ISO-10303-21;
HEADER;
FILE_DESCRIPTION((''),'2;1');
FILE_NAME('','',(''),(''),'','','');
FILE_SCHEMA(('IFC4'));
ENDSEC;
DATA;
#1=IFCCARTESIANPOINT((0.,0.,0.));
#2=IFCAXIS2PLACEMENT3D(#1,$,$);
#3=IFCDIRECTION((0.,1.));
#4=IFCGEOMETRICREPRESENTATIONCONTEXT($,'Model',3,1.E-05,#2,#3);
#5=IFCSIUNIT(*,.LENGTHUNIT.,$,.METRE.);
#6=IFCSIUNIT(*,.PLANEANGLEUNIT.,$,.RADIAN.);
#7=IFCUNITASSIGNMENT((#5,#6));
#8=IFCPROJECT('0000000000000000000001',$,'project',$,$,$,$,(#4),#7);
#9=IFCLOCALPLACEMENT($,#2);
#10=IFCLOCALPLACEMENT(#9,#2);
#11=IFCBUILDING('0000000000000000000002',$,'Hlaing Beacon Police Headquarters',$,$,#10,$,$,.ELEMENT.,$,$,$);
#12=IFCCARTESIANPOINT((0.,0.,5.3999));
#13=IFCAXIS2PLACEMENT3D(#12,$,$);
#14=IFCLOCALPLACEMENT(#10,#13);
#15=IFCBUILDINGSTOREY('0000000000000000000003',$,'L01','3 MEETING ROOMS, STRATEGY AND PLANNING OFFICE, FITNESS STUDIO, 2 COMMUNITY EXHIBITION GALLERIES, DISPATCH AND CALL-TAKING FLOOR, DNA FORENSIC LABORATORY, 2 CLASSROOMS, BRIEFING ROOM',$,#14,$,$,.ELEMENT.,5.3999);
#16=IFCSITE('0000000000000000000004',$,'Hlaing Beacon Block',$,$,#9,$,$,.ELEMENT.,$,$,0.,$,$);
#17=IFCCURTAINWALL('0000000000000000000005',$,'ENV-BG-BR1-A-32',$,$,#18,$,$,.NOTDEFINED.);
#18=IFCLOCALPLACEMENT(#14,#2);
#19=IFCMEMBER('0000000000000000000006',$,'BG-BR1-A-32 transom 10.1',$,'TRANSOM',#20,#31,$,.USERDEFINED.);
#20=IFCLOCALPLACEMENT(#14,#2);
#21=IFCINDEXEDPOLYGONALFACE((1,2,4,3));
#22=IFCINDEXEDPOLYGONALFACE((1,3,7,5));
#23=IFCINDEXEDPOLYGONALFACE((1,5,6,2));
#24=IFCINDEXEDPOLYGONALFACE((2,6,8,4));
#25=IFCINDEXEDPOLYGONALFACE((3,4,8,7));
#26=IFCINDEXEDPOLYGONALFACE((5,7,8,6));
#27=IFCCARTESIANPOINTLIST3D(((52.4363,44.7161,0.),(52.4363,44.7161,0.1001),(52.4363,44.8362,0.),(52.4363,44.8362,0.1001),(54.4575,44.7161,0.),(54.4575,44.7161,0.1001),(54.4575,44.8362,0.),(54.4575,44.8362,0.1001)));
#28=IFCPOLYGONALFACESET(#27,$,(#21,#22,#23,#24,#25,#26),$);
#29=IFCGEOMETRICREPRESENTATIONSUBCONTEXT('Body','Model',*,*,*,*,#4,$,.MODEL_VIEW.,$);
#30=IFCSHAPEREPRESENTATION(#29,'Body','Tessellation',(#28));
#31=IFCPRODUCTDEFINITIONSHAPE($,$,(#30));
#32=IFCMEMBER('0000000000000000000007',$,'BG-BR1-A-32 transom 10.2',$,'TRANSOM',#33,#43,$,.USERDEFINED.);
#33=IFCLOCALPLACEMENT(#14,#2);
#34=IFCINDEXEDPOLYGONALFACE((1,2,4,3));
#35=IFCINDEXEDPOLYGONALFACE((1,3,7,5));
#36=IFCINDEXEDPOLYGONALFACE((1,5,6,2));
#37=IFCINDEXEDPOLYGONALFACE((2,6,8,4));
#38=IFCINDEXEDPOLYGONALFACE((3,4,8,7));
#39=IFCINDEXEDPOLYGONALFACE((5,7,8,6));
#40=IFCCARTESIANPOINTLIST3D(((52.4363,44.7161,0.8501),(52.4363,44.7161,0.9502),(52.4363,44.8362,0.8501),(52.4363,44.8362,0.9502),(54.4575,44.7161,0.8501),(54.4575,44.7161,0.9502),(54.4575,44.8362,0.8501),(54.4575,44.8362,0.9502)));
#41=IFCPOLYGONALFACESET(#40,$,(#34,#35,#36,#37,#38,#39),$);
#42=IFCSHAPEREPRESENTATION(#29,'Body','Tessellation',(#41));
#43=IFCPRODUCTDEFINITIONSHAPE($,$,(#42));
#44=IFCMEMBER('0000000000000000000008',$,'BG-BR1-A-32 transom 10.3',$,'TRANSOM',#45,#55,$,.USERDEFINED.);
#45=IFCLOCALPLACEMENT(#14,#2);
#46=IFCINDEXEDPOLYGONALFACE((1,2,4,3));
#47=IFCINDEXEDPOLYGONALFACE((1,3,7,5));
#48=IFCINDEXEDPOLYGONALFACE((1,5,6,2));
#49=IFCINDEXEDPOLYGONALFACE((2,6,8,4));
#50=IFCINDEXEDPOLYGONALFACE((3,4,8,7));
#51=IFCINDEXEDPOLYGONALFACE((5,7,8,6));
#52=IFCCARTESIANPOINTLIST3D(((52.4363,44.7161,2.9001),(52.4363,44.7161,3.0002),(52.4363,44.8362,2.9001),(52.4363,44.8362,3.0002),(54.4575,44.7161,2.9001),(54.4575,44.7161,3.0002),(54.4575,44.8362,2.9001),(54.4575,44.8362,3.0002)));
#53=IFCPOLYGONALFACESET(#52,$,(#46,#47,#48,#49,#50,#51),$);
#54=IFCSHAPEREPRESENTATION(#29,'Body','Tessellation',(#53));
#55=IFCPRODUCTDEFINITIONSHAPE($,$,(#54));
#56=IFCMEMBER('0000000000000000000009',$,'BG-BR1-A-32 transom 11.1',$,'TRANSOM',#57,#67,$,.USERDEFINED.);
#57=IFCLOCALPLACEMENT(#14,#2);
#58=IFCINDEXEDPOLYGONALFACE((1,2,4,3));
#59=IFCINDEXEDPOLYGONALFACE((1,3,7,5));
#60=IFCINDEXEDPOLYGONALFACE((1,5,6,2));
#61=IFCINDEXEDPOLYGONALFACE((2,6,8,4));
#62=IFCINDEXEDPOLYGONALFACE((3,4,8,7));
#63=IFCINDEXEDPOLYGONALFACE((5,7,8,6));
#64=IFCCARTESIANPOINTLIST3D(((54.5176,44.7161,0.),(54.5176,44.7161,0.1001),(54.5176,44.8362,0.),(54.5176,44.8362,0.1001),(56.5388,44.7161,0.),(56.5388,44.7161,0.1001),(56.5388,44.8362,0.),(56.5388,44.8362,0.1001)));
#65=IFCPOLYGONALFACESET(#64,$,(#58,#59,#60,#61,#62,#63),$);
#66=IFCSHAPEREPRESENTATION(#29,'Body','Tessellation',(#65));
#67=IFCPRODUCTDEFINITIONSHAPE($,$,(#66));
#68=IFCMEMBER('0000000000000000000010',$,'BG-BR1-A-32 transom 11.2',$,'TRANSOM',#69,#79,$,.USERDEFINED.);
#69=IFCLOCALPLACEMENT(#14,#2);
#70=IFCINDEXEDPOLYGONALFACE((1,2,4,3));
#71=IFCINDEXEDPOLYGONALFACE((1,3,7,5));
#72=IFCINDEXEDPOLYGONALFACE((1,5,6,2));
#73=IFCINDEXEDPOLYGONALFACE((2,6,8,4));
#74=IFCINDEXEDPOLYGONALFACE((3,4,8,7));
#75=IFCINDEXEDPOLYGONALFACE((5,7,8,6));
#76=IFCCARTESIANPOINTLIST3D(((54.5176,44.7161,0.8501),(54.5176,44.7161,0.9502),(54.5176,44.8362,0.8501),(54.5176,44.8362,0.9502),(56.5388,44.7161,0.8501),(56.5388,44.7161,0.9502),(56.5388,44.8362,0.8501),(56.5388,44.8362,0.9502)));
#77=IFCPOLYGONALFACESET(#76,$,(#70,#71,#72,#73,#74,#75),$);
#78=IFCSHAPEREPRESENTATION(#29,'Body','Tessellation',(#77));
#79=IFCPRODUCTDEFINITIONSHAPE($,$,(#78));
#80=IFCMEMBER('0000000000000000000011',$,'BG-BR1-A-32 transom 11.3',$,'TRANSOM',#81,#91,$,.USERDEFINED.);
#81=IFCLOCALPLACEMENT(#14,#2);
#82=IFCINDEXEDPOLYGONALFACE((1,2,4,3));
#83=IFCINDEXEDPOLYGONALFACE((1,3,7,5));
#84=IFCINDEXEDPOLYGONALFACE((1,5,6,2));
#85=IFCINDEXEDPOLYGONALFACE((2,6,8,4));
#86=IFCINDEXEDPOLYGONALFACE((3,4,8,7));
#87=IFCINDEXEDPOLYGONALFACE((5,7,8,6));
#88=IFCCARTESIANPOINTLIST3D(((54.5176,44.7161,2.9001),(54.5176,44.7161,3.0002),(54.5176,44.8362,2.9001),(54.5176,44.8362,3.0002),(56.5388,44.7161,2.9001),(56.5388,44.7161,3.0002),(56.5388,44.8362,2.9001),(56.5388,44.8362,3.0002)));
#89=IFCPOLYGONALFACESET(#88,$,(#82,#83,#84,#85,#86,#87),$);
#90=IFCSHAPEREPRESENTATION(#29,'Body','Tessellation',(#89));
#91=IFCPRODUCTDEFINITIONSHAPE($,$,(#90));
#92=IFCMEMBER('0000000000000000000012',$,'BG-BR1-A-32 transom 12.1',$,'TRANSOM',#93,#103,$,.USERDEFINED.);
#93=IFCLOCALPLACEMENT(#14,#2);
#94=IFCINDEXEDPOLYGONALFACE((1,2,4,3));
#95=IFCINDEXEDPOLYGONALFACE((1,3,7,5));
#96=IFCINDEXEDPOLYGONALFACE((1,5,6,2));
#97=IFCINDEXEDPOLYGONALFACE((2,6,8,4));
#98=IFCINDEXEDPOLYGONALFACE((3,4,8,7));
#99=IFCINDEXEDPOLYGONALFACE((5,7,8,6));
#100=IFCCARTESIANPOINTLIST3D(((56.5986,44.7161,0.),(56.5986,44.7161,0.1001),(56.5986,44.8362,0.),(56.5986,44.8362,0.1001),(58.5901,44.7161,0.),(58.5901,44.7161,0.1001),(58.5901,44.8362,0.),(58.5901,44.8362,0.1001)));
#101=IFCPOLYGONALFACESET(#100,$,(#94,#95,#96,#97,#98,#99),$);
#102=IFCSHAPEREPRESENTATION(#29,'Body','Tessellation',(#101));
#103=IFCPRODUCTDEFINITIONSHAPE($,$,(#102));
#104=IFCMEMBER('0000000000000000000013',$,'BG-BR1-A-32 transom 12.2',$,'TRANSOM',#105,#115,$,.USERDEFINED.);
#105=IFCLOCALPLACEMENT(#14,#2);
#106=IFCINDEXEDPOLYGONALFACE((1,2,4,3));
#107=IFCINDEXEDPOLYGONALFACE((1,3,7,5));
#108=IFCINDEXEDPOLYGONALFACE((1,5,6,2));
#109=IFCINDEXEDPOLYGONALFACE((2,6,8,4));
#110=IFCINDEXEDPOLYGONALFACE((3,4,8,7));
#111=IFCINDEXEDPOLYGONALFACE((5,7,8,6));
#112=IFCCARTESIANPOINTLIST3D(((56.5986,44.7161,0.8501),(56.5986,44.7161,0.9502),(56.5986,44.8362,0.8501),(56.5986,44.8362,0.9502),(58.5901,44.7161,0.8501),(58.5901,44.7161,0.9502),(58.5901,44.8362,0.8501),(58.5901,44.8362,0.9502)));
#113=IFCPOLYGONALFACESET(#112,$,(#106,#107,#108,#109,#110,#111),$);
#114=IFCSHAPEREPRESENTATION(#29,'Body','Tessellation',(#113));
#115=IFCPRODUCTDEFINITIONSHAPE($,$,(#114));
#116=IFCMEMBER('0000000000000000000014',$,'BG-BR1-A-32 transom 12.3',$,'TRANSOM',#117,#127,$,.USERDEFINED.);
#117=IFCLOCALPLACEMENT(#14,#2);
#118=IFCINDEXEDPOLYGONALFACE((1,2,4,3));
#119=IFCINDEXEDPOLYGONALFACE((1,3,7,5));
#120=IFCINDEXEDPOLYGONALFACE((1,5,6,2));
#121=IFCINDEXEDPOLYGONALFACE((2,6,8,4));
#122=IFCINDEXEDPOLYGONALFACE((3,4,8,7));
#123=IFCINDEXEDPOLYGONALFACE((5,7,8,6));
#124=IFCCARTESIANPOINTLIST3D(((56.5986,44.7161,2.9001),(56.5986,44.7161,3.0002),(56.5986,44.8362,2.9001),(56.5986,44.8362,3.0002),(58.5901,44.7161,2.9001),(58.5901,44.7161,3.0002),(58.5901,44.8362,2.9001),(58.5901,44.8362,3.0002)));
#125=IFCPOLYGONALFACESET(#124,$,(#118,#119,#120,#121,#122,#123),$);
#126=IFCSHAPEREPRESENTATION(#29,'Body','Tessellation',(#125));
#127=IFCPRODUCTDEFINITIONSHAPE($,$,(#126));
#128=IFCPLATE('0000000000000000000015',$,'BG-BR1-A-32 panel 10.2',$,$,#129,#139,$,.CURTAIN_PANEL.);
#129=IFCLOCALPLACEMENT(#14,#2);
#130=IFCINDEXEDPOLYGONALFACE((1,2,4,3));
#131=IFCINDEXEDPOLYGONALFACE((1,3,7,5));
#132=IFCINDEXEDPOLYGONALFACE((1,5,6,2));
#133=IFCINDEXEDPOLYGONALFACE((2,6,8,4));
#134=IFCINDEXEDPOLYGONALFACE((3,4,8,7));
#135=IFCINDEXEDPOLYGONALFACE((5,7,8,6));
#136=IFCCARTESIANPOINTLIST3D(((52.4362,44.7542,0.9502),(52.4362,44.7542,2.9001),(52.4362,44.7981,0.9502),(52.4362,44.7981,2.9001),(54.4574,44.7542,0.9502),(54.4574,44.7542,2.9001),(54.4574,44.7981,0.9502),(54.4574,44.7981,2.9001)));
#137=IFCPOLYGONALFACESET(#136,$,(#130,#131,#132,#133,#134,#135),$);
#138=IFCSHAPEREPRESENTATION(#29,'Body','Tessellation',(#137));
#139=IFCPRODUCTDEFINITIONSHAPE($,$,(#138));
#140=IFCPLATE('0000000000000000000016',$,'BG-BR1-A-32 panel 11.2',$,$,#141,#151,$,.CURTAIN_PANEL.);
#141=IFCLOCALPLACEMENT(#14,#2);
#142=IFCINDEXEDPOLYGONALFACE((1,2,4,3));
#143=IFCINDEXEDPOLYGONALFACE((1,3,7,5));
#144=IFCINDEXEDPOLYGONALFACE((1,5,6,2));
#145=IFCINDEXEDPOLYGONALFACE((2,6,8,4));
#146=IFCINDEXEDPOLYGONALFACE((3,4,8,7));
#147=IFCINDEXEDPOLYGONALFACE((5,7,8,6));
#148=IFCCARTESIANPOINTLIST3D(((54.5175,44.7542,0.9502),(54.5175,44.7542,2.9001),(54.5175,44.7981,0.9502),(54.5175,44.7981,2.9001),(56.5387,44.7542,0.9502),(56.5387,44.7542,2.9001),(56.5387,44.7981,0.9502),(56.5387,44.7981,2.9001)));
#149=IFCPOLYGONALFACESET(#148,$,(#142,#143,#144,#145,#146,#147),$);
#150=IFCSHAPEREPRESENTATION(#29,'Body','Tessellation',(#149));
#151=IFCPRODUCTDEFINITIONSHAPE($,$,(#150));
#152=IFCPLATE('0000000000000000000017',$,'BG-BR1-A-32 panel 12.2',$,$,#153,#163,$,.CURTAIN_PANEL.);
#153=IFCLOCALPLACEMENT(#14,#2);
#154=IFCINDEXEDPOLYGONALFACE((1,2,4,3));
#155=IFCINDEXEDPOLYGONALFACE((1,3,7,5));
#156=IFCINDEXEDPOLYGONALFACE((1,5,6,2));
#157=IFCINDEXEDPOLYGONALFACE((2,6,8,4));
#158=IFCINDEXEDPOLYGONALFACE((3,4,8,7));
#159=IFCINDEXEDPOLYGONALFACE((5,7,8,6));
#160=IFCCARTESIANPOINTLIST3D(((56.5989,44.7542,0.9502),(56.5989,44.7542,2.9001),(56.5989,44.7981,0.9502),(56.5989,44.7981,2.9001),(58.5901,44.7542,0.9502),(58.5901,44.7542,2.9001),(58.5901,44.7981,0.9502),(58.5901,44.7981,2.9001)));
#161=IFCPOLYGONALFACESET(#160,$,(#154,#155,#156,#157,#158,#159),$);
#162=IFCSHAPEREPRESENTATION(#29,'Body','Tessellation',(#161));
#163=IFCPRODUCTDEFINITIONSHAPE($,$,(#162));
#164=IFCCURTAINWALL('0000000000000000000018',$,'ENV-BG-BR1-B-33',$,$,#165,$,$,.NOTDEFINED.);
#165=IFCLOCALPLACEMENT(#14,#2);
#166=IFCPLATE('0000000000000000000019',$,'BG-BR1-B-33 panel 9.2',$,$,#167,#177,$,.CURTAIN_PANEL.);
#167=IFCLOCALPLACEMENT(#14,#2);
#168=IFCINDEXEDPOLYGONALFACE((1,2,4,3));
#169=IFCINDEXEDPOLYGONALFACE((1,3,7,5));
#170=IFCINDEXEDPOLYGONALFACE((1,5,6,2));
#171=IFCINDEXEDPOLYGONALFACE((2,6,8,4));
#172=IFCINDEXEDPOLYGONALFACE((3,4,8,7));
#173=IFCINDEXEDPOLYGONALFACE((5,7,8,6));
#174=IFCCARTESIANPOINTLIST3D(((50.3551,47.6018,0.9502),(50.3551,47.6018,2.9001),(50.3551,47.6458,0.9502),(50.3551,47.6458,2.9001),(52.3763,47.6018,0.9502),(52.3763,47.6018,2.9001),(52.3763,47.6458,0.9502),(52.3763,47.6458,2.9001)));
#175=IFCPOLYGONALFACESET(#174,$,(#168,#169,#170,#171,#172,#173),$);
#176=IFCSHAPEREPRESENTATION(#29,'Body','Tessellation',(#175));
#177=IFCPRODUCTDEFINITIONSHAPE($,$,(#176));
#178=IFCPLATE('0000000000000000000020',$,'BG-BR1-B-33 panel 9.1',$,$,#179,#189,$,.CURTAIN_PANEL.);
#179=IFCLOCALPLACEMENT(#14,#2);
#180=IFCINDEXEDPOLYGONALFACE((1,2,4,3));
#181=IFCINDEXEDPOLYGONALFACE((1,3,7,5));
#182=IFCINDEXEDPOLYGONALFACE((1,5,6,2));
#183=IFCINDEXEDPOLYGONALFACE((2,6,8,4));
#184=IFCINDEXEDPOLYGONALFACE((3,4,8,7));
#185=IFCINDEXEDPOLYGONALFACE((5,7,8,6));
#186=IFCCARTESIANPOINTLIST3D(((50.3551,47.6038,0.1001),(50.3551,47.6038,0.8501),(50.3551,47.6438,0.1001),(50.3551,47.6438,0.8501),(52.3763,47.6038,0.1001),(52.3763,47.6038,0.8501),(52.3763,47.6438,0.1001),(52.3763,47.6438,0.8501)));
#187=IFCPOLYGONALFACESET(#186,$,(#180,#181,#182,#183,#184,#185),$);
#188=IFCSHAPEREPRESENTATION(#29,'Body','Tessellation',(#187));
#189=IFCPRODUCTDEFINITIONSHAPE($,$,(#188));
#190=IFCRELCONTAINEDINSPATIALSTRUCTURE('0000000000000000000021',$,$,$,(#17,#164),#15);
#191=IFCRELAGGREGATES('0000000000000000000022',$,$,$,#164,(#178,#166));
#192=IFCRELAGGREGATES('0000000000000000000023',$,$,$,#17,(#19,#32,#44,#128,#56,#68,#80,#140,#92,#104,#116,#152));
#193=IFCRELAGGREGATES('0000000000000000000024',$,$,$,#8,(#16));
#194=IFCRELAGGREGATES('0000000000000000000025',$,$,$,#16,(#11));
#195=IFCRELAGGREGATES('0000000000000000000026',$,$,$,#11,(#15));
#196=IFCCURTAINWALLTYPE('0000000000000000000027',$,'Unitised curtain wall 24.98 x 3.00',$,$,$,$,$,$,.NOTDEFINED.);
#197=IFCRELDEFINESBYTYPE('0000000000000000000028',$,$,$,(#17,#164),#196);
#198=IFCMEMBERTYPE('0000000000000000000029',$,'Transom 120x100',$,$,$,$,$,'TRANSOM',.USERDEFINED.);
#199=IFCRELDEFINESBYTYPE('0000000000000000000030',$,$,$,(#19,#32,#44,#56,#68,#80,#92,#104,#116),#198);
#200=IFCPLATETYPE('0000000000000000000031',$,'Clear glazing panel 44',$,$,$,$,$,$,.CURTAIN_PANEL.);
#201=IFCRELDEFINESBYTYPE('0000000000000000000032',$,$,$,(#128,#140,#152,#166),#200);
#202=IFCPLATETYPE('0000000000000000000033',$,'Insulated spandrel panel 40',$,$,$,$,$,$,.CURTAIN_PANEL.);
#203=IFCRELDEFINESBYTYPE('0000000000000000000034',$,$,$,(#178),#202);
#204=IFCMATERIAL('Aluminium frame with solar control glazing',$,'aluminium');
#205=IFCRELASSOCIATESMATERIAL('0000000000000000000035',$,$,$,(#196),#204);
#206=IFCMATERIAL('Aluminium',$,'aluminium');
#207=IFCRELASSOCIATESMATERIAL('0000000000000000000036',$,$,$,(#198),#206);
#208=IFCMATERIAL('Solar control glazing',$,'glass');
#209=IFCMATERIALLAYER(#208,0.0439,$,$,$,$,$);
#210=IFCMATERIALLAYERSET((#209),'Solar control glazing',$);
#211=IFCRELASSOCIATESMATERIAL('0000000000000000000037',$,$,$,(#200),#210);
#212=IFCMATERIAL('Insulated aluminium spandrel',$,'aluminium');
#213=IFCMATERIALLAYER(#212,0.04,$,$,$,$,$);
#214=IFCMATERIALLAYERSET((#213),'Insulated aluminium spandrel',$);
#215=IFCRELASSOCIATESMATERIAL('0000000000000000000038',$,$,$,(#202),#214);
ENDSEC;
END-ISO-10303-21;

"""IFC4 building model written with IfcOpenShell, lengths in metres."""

from ifc_helpers import new_model, si_unit, direction, frame, origin, origin_2d, place, context, subcontext, project, spatial, rectangle, extrude, material, layer, layer_set, material_profile, profile_set, type_object, element, aggregate, save


model = new_model("IFC4")

# Units and contexts
model_context = context("Model", 3, precision=1e-05, world=origin(), true_north=direction((0.0, 1.0)))
body_context = subcontext(model_context, "Body", "Model", "MODEL_VIEW")
ifc_project = project(units=[si_unit("LENGTHUNIT", "METRE"), si_unit("PLANEANGLEUNIT", "RADIAN")], contexts=[model_context])

# Site, building, storey
site_placement = place(None, origin())
site = spatial("IfcSite", under=ifc_project, at=site_placement, Name="Hlaing Beacon Block", CompositionType="ELEMENT", RefElevation=0.0)
building_placement = place(site_placement, origin())
building = spatial("IfcBuilding", under=site, at=building_placement, Name="Hlaing Beacon Police Headquarters", CompositionType="ELEMENT")
storey_placement = place(building_placement, frame((0.0, 0.0, 5.3999)))
storey = spatial("IfcBuildingStorey", under=building, at=storey_placement, Name="L01", Description="3 MEETING ROOMS, STRATEGY AND PLANNING OFFICE, FITNESS STUDIO, 2 COMMUNITY EXHIBITION GALLERIES, DISPATCH AND CALL-TAKING FLOOR, DNA FORENSIC LABORATORY, 2 CLASSROOMS, BRIEFING ROOM", CompositionType="ELEMENT", Elevation=5.3999)

# Curtain wall, members, plates
ifc_material_1 = material(Name="Aluminium frame with solar control glazing", Category="aluminium")
curtain_wall_type = type_object("IfcCurtainWallType", Name="Unitised curtain wall 24.98 x 3.00", PredefinedType="NOTDEFINED", material=ifc_material_1)
curtain_wall_1_placement = place(storey_placement, origin())
curtain_wall_1 = element("IfcCurtainWall", 1, at=curtain_wall_1_placement, inside=storey, type_object=curtain_wall_type, Name="ENV-BG-BR1-A-32", PredefinedType="NOTDEFINED")
ifc_material_2 = material(Name="Aluminium", Category="aluminium")
ifc_material_profile_1 = material_profile(ifc_material_2, rectangle(XDim=0.1201, YDim=0.1001, at=origin_2d()), Name="Transom 120x100")
ifc_profile_set_1 = profile_set([ifc_material_profile_1], Name="Aluminium")
member_type_1 = type_object("IfcMemberType", Name="Transom 120x100", ElementType="TRANSOM", PredefinedType="USERDEFINED", material=ifc_profile_set_1)
member_1_placement = place(storey_placement, frame((52.4363, 44.7761, 0.05), z_axis=(1.0, 0.0, 0.0), x_axis=(0.0, 1.0, 0.0)))
member_1 = element("IfcMember", 2, at=member_1_placement, type_object=member_type_1, Name="BG-BR1-A-32 transom 10.1", ObjectType="TRANSOM", PredefinedType="USERDEFINED", context=body_context, shape_type="SweptSolid", body=[
    extrude(rectangle(XDim=0.1201, YDim=0.1001, at=origin_2d()), origin(), (0.0, 0.0, 1.0), 2.0212),
])
member_2_placement = place(storey_placement, frame((52.4363, 44.7761, 0.9001), z_axis=(1.0, 0.0, 0.0), x_axis=(0.0, 1.0, 0.0)))
member_2 = element("IfcMember", 3, at=member_2_placement, type_object=member_type_1, Name="BG-BR1-A-32 transom 10.2", ObjectType="TRANSOM", PredefinedType="USERDEFINED", context=body_context, shape_type="SweptSolid", body=[
    extrude(rectangle(XDim=0.1201, YDim=0.1001, at=origin_2d()), origin(), (0.0, 0.0, 1.0), 2.0212),
])
member_3_placement = place(storey_placement, frame((52.4363, 44.7761, 2.9502), z_axis=(1.0, 0.0, 0.0), x_axis=(0.0, 1.0, 0.0)))
member_3 = element("IfcMember", 4, at=member_3_placement, type_object=member_type_1, Name="BG-BR1-A-32 transom 10.3", ObjectType="TRANSOM", PredefinedType="USERDEFINED", context=body_context, shape_type="SweptSolid", body=[
    extrude(rectangle(XDim=0.1201, YDim=0.1001, at=origin_2d()), origin(), (0.0, 0.0, 1.0), 2.0212),
])
member_4_placement = place(storey_placement, frame((54.5176, 44.7761, 0.05), z_axis=(1.0, 0.0, 0.0), x_axis=(0.0, 1.0, 0.0)))
member_4 = element("IfcMember", 5, at=member_4_placement, type_object=member_type_1, Name="BG-BR1-A-32 transom 11.1", ObjectType="TRANSOM", PredefinedType="USERDEFINED", context=body_context, shape_type="SweptSolid", body=[
    extrude(rectangle(XDim=0.1201, YDim=0.1001, at=origin_2d()), origin(), (0.0, 0.0, 1.0), 2.0212),
])
member_5_placement = place(storey_placement, frame((54.5176, 44.7761, 0.9001), z_axis=(1.0, 0.0, 0.0), x_axis=(0.0, 1.0, 0.0)))
member_5 = element("IfcMember", 6, at=member_5_placement, type_object=member_type_1, Name="BG-BR1-A-32 transom 11.2", ObjectType="TRANSOM", PredefinedType="USERDEFINED", context=body_context, shape_type="SweptSolid", body=[
    extrude(rectangle(XDim=0.1201, YDim=0.1001, at=origin_2d()), origin(), (0.0, 0.0, 1.0), 2.0212),
])
member_6_placement = place(storey_placement, frame((54.5176, 44.7761, 2.9502), z_axis=(1.0, 0.0, 0.0), x_axis=(0.0, 1.0, 0.0)))
member_6 = element("IfcMember", 7, at=member_6_placement, type_object=member_type_1, Name="BG-BR1-A-32 transom 11.3", ObjectType="TRANSOM", PredefinedType="USERDEFINED", context=body_context, shape_type="SweptSolid", body=[
    extrude(rectangle(XDim=0.1201, YDim=0.1001, at=origin_2d()), origin(), (0.0, 0.0, 1.0), 2.0212),
])
member_7_placement = place(storey_placement, frame((56.5986, 44.7761, 0.05), z_axis=(1.0, 0.0, 0.0), x_axis=(0.0, 1.0, 0.0)))
member_7 = element("IfcMember", 8, at=member_7_placement, type_object=member_type_1, Name="BG-BR1-A-32 transom 12.1", ObjectType="TRANSOM", PredefinedType="USERDEFINED", context=body_context, shape_type="SweptSolid", body=[
    extrude(rectangle(XDim=0.1201, YDim=0.1001, at=origin_2d()), origin(), (0.0, 0.0, 1.0), 1.9915),
])
member_8_placement = place(storey_placement, frame((56.5986, 44.7761, 0.9001), z_axis=(1.0, 0.0, 0.0), x_axis=(0.0, 1.0, 0.0)))
member_8 = element("IfcMember", 9, at=member_8_placement, type_object=member_type_1, Name="BG-BR1-A-32 transom 12.2", ObjectType="TRANSOM", PredefinedType="USERDEFINED", context=body_context, shape_type="SweptSolid", body=[
    extrude(rectangle(XDim=0.1201, YDim=0.1001, at=origin_2d()), origin(), (0.0, 0.0, 1.0), 1.9915),
])
member_9_placement = place(storey_placement, frame((56.5986, 44.7761, 2.9502), z_axis=(1.0, 0.0, 0.0), x_axis=(0.0, 1.0, 0.0)))
member_9 = element("IfcMember", 10, at=member_9_placement, type_object=member_type_1, Name="BG-BR1-A-32 transom 12.3", ObjectType="TRANSOM", PredefinedType="USERDEFINED", context=body_context, shape_type="SweptSolid", body=[
    extrude(rectangle(XDim=0.1201, YDim=0.1001, at=origin_2d()), origin(), (0.0, 0.0, 1.0), 1.9915),
])
ifc_material_3 = material(Name="Solar control glazing", Category="glass")
ifc_layer_1 = layer(ifc_material_3, 0.0439)
ifc_layer_set_1 = layer_set([ifc_layer_1], Name="Solar control glazing")
plate_type_1 = type_object("IfcPlateType", Name="Clear glazing panel 44", PredefinedType="CURTAIN_PANEL", material=ifc_layer_set_1)
plate_1_placement = place(storey_placement, frame((53.4468, 44.7761, 0.9502), z_axis=(0.0, 0.0, 1.0), x_axis=(1.0, 0.0, 0.0)))
plate_1 = element("IfcPlate", 11, at=plate_1_placement, type_object=plate_type_1, Name="BG-BR1-A-32 panel 10.2", PredefinedType="CURTAIN_PANEL", context=body_context, shape_type="SweptSolid", body=[
    extrude(rectangle(XDim=2.0212, YDim=0.0439, at=origin_2d()), origin(), (0.0, 0.0, 1.0), 1.95),
])
plate_2_placement = place(storey_placement, frame((55.5281, 44.7761, 0.9502), z_axis=(0.0, 0.0, 1.0), x_axis=(1.0, 0.0, 0.0)))
plate_2 = element("IfcPlate", 12, at=plate_2_placement, type_object=plate_type_1, Name="BG-BR1-A-32 panel 11.2", PredefinedType="CURTAIN_PANEL", context=body_context, shape_type="SweptSolid", body=[
    extrude(rectangle(XDim=2.0212, YDim=0.0439, at=origin_2d()), origin(), (0.0, 0.0, 1.0), 1.95),
])
plate_3_placement = place(storey_placement, frame((57.5945, 44.7761, 0.9502), z_axis=(0.0, 0.0, 1.0), x_axis=(1.0, 0.0, 0.0)))
plate_3 = element("IfcPlate", 13, at=plate_3_placement, type_object=plate_type_1, Name="BG-BR1-A-32 panel 12.2", PredefinedType="CURTAIN_PANEL", context=body_context, shape_type="SweptSolid", body=[
    extrude(rectangle(XDim=1.9912, YDim=0.0439, at=origin_2d()), origin(), (0.0, 0.0, 1.0), 1.95),
])

# Curtain wall, plates
curtain_wall_2_placement = place(storey_placement, origin())
curtain_wall_2 = element("IfcCurtainWall", 14, at=curtain_wall_2_placement, inside=storey, type_object=curtain_wall_type, Name="ENV-BG-BR1-B-33", PredefinedType="NOTDEFINED")
plate_4_placement = place(storey_placement, frame((51.3657, 47.6238, 0.9502), z_axis=(0.0, 0.0, 1.0), x_axis=(1.0, 0.0, 0.0)))
plate_4 = element("IfcPlate", 15, at=plate_4_placement, type_object=plate_type_1, Name="BG-BR1-B-33 panel 9.2", PredefinedType="CURTAIN_PANEL", context=body_context, shape_type="SweptSolid", body=[
    extrude(rectangle(XDim=2.0212, YDim=0.0439, at=origin_2d()), origin(), (0.0, 0.0, 1.0), 1.95),
])
ifc_material_4 = material(Name="Insulated aluminium spandrel", Category="aluminium")
ifc_layer_2 = layer(ifc_material_4, 0.04)
ifc_layer_set_2 = layer_set([ifc_layer_2], Name="Insulated aluminium spandrel")
plate_type_2 = type_object("IfcPlateType", Name="Insulated spandrel panel 40", PredefinedType="CURTAIN_PANEL", material=ifc_layer_set_2)
plate_5_placement = place(storey_placement, frame((51.3657, 47.6238, 0.1001), z_axis=(0.0, 0.0, 1.0), x_axis=(1.0, 0.0, 0.0)))
plate_5 = element("IfcPlate", 16, at=plate_5_placement, type_object=plate_type_2, Name="BG-BR1-B-33 panel 9.1", PredefinedType="CURTAIN_PANEL", context=body_context, shape_type="SweptSolid", body=[
    extrude(rectangle(XDim=2.0212, YDim=0.04, at=origin_2d()), origin(), (0.0, 0.0, 1.0), 0.75),
])
aggregate(curtain_wall_2, [plate_5, plate_4])

aggregate(curtain_wall_1, [member_1, member_2, member_3, plate_1, member_4, member_5, member_6, plate_2, member_7, member_8, member_9, plate_3])

save(model, "model.ifc")
